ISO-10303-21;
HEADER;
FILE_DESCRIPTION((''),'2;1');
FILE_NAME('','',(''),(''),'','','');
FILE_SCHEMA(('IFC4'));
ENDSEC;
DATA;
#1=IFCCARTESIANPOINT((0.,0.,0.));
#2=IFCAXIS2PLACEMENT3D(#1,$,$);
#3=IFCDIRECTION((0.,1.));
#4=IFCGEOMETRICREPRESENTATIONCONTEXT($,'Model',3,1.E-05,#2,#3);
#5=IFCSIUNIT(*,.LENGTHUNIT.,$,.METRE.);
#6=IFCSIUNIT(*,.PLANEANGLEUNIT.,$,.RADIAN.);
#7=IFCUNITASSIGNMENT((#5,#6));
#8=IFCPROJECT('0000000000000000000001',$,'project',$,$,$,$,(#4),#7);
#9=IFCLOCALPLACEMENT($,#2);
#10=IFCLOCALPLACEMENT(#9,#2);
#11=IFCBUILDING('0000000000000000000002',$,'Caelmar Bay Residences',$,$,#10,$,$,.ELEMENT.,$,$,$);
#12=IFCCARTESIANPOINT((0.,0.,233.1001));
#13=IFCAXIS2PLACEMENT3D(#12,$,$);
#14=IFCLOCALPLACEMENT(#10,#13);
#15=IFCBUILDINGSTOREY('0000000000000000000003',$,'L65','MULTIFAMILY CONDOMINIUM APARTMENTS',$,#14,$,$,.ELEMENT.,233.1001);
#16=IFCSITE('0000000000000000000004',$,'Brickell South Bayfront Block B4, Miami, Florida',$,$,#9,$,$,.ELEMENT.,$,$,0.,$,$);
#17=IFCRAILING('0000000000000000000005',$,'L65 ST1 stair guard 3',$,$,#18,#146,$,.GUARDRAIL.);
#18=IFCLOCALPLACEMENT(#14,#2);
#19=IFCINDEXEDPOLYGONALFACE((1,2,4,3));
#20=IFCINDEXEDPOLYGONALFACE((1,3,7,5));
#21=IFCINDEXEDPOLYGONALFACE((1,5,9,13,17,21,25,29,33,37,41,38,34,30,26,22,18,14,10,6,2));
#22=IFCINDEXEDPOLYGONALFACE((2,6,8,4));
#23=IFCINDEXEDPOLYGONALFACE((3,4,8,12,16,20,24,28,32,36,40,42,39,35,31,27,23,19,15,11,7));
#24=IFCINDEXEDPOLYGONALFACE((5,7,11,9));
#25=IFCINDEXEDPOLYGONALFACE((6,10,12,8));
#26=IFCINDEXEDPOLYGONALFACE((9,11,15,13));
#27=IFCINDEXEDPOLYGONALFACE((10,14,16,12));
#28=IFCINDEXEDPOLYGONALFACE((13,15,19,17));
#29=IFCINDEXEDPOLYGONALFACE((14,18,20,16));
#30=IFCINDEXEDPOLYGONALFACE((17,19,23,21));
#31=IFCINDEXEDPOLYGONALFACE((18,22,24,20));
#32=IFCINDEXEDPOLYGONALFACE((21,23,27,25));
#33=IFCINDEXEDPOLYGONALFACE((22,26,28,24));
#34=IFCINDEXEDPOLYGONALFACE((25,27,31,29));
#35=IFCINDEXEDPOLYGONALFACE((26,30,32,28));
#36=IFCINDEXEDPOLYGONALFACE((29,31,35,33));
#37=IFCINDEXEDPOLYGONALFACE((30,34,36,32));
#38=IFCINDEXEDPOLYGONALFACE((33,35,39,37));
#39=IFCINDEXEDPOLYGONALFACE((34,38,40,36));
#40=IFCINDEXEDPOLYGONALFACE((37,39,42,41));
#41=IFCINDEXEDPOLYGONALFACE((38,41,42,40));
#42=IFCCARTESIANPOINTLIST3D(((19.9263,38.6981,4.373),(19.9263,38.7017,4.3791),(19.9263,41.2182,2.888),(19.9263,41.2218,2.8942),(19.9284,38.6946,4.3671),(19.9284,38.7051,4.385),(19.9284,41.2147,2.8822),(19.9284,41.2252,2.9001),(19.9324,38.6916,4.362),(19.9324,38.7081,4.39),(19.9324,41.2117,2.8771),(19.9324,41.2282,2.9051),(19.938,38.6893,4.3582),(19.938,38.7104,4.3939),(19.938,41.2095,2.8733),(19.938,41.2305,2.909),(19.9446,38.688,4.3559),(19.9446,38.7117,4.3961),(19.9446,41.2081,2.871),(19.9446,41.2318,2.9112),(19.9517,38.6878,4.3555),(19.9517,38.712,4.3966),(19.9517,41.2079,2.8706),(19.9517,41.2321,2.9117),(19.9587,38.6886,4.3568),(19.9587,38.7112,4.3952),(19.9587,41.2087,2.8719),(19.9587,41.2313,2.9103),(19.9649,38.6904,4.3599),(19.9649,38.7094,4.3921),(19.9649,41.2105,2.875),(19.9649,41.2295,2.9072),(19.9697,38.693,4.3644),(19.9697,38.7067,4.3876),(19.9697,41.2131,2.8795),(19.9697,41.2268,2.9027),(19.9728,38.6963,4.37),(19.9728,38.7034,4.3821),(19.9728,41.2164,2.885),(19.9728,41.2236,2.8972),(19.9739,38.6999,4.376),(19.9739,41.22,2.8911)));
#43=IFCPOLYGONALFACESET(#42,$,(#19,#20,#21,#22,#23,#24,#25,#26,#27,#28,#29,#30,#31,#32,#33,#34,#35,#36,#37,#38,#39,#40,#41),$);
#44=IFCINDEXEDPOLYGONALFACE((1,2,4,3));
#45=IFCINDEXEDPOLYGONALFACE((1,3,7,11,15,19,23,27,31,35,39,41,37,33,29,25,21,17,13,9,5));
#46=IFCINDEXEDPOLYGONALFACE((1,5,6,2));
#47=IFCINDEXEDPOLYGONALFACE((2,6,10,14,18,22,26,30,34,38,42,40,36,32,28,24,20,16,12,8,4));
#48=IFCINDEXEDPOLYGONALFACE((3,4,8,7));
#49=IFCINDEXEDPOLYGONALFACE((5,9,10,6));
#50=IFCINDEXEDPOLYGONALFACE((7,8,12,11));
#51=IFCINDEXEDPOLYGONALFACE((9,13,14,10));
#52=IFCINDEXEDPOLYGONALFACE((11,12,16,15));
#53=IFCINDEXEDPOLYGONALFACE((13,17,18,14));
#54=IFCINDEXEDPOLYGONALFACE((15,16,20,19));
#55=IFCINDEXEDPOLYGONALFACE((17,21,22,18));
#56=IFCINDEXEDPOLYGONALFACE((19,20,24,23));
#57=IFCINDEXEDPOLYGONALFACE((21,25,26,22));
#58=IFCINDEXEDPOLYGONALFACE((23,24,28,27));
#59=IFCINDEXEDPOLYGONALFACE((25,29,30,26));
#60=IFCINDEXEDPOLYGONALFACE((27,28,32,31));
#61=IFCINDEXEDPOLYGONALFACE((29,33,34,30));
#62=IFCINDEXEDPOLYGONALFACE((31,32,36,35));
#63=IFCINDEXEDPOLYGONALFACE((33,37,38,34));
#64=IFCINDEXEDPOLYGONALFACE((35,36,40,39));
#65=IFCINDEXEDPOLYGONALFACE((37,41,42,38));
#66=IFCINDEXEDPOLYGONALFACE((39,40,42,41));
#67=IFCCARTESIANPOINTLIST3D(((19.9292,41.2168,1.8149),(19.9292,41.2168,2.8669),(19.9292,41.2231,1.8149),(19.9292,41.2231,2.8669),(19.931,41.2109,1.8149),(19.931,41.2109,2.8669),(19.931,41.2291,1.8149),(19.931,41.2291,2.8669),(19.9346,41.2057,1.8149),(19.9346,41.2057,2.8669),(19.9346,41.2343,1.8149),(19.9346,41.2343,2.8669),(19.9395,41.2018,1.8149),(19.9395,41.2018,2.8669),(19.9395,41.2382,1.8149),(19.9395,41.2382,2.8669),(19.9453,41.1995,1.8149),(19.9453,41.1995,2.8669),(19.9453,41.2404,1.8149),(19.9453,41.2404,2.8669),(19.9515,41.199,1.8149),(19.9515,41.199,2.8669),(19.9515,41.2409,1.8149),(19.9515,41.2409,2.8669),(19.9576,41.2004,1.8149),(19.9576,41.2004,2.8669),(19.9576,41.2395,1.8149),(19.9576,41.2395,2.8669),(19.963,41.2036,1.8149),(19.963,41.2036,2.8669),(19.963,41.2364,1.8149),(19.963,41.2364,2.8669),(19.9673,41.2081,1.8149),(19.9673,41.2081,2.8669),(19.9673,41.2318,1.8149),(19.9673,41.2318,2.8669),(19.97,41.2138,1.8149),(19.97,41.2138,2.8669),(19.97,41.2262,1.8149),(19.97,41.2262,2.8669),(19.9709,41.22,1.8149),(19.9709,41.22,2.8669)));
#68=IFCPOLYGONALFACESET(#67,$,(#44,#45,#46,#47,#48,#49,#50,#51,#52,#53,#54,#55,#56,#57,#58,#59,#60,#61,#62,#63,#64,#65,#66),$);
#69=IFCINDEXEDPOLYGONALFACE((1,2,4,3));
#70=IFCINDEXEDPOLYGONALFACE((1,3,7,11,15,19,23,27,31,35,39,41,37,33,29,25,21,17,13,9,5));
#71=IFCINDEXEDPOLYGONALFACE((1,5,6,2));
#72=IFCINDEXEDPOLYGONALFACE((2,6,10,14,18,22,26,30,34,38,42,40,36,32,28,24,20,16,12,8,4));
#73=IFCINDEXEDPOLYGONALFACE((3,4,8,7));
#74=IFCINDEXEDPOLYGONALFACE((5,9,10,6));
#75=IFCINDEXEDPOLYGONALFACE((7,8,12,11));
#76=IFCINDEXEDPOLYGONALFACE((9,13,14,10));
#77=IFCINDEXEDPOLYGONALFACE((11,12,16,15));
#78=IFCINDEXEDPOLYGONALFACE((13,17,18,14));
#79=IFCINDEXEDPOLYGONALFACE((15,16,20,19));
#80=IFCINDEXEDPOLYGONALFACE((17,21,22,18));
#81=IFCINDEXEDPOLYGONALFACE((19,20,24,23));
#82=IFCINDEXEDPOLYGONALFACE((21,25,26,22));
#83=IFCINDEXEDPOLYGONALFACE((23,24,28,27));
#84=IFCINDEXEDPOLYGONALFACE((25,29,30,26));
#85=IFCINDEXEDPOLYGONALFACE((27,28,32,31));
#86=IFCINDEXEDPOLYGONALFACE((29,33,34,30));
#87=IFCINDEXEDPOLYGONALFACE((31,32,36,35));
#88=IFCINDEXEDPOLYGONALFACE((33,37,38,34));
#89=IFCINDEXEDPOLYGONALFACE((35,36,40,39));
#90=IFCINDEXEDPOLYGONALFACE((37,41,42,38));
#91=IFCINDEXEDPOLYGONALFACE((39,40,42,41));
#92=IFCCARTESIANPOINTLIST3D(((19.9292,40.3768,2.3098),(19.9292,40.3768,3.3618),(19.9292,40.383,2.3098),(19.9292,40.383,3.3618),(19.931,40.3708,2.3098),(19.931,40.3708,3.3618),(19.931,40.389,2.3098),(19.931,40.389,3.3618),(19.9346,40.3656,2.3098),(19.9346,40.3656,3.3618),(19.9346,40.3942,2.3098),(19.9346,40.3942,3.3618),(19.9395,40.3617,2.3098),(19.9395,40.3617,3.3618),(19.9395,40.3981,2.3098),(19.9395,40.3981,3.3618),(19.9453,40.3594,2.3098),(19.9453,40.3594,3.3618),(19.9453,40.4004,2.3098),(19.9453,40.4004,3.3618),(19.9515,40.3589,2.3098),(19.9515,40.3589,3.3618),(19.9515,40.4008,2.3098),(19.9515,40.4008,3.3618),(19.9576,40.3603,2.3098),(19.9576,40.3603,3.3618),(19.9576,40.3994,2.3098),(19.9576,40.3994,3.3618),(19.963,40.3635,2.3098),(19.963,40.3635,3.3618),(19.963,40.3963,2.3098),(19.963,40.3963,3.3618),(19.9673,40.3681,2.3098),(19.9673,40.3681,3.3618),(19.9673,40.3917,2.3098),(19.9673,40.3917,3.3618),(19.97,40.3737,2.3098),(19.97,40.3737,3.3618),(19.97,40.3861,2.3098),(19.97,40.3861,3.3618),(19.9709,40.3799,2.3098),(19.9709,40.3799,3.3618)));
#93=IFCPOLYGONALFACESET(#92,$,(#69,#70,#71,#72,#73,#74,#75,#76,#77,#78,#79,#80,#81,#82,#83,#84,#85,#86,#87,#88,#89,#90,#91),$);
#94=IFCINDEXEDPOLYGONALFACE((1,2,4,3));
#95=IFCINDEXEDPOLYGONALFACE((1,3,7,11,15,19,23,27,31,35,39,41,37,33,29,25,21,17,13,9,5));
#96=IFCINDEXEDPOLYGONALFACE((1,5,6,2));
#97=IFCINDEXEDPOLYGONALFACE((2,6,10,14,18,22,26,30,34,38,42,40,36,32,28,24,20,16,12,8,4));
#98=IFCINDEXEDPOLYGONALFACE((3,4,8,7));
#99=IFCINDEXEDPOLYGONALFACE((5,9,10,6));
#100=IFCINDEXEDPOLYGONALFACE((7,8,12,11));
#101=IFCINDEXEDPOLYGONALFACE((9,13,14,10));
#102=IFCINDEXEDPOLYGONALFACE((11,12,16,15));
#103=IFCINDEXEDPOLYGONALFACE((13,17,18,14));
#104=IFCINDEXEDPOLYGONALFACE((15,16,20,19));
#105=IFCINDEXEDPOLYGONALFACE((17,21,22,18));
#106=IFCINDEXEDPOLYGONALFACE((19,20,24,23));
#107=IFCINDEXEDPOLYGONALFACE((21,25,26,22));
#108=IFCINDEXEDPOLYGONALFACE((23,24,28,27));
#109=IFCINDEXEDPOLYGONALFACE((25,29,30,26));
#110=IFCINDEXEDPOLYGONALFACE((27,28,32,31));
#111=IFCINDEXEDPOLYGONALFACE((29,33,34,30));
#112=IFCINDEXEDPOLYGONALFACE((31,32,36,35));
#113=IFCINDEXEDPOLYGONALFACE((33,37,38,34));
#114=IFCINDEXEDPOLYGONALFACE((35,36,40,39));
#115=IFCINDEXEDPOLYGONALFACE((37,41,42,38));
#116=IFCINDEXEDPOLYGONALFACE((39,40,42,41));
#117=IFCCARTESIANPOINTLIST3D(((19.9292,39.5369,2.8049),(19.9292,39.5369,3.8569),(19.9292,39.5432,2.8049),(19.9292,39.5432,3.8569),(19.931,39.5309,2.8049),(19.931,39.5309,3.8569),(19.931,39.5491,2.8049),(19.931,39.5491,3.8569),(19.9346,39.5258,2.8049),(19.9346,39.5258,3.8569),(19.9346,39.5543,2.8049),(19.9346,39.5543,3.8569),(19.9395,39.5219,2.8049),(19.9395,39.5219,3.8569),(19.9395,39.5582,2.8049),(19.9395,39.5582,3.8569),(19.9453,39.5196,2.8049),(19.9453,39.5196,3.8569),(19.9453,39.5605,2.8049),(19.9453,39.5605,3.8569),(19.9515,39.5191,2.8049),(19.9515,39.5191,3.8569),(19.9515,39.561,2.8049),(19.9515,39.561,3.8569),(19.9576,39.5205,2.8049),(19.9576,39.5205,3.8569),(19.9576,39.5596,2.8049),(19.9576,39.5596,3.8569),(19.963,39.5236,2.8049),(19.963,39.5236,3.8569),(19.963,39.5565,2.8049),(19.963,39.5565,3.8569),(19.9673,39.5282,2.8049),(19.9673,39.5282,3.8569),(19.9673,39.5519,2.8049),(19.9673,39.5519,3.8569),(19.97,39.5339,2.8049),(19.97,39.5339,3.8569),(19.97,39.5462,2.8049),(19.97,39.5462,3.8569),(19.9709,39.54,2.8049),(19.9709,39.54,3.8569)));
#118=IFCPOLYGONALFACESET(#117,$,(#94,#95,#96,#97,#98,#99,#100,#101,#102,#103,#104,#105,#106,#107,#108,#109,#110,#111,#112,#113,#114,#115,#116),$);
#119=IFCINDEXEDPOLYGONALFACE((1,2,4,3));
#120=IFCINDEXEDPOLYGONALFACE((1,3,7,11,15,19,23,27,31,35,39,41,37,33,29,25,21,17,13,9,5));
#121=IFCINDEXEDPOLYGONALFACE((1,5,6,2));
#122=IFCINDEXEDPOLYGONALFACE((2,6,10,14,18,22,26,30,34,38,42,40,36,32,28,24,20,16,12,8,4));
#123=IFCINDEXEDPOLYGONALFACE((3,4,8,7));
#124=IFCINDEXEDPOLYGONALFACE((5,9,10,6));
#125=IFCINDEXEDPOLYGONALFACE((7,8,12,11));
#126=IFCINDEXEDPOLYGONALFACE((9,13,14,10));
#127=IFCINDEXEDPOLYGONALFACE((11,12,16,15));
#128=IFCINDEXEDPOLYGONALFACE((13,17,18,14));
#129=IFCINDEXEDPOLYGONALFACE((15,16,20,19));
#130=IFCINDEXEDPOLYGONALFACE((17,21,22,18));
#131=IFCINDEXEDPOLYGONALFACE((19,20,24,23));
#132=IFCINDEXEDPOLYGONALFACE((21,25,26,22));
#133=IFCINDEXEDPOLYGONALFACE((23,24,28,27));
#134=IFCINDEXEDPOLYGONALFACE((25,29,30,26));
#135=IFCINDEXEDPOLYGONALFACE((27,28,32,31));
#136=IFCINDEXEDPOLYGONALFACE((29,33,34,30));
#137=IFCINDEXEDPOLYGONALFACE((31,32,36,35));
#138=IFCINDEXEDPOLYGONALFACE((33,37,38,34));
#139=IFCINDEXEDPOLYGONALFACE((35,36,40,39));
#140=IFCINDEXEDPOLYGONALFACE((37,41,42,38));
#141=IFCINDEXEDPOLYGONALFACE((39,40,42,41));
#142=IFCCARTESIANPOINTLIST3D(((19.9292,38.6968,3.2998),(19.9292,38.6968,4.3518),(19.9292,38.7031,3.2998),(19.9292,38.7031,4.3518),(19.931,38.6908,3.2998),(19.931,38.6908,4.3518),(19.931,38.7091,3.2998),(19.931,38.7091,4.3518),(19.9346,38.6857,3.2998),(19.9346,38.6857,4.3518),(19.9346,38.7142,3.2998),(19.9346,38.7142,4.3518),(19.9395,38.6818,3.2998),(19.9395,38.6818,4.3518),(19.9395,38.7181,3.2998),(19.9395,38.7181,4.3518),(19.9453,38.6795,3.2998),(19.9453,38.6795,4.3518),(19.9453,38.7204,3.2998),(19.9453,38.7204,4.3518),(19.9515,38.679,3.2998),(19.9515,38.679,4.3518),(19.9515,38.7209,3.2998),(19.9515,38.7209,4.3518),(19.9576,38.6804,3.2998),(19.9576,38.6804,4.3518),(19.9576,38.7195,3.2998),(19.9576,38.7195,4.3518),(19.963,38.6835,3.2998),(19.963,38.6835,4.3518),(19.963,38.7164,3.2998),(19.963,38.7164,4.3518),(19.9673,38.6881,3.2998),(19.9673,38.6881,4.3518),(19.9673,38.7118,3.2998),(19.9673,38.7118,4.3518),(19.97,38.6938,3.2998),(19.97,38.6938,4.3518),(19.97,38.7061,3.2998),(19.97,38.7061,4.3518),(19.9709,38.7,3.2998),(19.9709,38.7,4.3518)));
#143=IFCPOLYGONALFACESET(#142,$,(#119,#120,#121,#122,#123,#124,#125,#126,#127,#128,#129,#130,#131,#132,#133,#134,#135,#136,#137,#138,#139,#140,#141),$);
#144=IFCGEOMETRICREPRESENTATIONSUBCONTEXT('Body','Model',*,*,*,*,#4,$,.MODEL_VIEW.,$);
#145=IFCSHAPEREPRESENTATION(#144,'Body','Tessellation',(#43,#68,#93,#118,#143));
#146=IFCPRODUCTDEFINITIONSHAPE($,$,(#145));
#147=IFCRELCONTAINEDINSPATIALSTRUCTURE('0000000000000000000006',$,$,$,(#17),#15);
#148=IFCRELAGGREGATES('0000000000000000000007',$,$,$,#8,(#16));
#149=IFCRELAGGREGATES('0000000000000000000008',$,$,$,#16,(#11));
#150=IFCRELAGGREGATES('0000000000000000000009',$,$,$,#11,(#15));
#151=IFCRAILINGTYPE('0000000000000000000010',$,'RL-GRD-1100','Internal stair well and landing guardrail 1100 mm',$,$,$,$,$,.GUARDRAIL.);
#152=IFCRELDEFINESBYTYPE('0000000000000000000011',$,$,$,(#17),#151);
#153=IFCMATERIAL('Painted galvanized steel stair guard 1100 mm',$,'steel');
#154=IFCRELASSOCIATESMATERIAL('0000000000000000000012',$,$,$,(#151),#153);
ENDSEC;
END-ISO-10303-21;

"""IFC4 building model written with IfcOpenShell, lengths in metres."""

from ifc_helpers import new_model, si_unit, direction, frame, origin, origin_2d, place, context, subcontext, project, spatial, circle, extrude, material, type_object, element, save


model = new_model("IFC4")

# Units and contexts
model_context = context("Model", 3, precision=1e-05, world=origin(), true_north=direction((0.0, 1.0)))
body_context = subcontext(model_context, "Body", "Model", "MODEL_VIEW")
ifc_project = project(units=[si_unit("LENGTHUNIT", "METRE"), si_unit("PLANEANGLEUNIT", "RADIAN")], contexts=[model_context])

# Site, building, storey
site_placement = place(None, origin())
site = spatial("IfcSite", under=ifc_project, at=site_placement, Name="Brickell South Bayfront Block B4, Miami, Florida", CompositionType="ELEMENT", RefElevation=0.0)
building_placement = place(site_placement, origin())
building = spatial("IfcBuilding", under=site, at=building_placement, Name="Caelmar Bay Residences", CompositionType="ELEMENT")
storey_placement = place(building_placement, frame((0.0, 0.0, 233.1001)))
storey = spatial("IfcBuildingStorey", under=building, at=storey_placement, Name="L65", Description="MULTIFAMILY CONDOMINIUM APARTMENTS", CompositionType="ELEMENT", Elevation=233.1001)

# Railing
ifc_material_1 = material(Name="Painted galvanized steel stair guard 1100 mm", Category="steel")
railing_type_1 = type_object("IfcRailingType", Name="RL-GRD-1100", Description="Internal stair well and landing guardrail 1100 mm", PredefinedType="GUARDRAIL", material=ifc_material_1)
railing_1_placement = place(storey_placement, frame((19.95, 41.22, 1.8149)))
element("IfcRailing", 1, at=railing_1_placement, inside=storey, type_object=railing_type_1, Name="L65 ST1 stair guard 3", PredefinedType="GUARDRAIL", context=body_context, shape_type="SweptSolid", body=[
    extrude(circle(Radius=0.0239, at=origin_2d()), frame((0.0, 0.0, 1.0762), z_axis=(0.0, -0.861561, 0.507655), x_axis=(1.0, 0.0, 0.0)), (0.0, 0.0, 1.0), 2.925),
    extrude(circle(Radius=0.021, at=origin_2d()), origin(), (0.0, 0.0, 1.0), 1.052),
    extrude(circle(Radius=0.021, at=origin_2d()), frame((0.0, -0.8401, 0.4949)), (0.0, 0.0, 1.0), 1.052),
    extrude(circle(Radius=0.021, at=origin_2d()), frame((0.0, -1.6799, 0.99)), (0.0, 0.0, 1.0), 1.052),
    extrude(circle(Radius=0.021, at=origin_2d()), frame((0.0, -2.52, 1.4849)), (0.0, 0.0, 1.0), 1.052),
])

save(model, "model.ifc")
